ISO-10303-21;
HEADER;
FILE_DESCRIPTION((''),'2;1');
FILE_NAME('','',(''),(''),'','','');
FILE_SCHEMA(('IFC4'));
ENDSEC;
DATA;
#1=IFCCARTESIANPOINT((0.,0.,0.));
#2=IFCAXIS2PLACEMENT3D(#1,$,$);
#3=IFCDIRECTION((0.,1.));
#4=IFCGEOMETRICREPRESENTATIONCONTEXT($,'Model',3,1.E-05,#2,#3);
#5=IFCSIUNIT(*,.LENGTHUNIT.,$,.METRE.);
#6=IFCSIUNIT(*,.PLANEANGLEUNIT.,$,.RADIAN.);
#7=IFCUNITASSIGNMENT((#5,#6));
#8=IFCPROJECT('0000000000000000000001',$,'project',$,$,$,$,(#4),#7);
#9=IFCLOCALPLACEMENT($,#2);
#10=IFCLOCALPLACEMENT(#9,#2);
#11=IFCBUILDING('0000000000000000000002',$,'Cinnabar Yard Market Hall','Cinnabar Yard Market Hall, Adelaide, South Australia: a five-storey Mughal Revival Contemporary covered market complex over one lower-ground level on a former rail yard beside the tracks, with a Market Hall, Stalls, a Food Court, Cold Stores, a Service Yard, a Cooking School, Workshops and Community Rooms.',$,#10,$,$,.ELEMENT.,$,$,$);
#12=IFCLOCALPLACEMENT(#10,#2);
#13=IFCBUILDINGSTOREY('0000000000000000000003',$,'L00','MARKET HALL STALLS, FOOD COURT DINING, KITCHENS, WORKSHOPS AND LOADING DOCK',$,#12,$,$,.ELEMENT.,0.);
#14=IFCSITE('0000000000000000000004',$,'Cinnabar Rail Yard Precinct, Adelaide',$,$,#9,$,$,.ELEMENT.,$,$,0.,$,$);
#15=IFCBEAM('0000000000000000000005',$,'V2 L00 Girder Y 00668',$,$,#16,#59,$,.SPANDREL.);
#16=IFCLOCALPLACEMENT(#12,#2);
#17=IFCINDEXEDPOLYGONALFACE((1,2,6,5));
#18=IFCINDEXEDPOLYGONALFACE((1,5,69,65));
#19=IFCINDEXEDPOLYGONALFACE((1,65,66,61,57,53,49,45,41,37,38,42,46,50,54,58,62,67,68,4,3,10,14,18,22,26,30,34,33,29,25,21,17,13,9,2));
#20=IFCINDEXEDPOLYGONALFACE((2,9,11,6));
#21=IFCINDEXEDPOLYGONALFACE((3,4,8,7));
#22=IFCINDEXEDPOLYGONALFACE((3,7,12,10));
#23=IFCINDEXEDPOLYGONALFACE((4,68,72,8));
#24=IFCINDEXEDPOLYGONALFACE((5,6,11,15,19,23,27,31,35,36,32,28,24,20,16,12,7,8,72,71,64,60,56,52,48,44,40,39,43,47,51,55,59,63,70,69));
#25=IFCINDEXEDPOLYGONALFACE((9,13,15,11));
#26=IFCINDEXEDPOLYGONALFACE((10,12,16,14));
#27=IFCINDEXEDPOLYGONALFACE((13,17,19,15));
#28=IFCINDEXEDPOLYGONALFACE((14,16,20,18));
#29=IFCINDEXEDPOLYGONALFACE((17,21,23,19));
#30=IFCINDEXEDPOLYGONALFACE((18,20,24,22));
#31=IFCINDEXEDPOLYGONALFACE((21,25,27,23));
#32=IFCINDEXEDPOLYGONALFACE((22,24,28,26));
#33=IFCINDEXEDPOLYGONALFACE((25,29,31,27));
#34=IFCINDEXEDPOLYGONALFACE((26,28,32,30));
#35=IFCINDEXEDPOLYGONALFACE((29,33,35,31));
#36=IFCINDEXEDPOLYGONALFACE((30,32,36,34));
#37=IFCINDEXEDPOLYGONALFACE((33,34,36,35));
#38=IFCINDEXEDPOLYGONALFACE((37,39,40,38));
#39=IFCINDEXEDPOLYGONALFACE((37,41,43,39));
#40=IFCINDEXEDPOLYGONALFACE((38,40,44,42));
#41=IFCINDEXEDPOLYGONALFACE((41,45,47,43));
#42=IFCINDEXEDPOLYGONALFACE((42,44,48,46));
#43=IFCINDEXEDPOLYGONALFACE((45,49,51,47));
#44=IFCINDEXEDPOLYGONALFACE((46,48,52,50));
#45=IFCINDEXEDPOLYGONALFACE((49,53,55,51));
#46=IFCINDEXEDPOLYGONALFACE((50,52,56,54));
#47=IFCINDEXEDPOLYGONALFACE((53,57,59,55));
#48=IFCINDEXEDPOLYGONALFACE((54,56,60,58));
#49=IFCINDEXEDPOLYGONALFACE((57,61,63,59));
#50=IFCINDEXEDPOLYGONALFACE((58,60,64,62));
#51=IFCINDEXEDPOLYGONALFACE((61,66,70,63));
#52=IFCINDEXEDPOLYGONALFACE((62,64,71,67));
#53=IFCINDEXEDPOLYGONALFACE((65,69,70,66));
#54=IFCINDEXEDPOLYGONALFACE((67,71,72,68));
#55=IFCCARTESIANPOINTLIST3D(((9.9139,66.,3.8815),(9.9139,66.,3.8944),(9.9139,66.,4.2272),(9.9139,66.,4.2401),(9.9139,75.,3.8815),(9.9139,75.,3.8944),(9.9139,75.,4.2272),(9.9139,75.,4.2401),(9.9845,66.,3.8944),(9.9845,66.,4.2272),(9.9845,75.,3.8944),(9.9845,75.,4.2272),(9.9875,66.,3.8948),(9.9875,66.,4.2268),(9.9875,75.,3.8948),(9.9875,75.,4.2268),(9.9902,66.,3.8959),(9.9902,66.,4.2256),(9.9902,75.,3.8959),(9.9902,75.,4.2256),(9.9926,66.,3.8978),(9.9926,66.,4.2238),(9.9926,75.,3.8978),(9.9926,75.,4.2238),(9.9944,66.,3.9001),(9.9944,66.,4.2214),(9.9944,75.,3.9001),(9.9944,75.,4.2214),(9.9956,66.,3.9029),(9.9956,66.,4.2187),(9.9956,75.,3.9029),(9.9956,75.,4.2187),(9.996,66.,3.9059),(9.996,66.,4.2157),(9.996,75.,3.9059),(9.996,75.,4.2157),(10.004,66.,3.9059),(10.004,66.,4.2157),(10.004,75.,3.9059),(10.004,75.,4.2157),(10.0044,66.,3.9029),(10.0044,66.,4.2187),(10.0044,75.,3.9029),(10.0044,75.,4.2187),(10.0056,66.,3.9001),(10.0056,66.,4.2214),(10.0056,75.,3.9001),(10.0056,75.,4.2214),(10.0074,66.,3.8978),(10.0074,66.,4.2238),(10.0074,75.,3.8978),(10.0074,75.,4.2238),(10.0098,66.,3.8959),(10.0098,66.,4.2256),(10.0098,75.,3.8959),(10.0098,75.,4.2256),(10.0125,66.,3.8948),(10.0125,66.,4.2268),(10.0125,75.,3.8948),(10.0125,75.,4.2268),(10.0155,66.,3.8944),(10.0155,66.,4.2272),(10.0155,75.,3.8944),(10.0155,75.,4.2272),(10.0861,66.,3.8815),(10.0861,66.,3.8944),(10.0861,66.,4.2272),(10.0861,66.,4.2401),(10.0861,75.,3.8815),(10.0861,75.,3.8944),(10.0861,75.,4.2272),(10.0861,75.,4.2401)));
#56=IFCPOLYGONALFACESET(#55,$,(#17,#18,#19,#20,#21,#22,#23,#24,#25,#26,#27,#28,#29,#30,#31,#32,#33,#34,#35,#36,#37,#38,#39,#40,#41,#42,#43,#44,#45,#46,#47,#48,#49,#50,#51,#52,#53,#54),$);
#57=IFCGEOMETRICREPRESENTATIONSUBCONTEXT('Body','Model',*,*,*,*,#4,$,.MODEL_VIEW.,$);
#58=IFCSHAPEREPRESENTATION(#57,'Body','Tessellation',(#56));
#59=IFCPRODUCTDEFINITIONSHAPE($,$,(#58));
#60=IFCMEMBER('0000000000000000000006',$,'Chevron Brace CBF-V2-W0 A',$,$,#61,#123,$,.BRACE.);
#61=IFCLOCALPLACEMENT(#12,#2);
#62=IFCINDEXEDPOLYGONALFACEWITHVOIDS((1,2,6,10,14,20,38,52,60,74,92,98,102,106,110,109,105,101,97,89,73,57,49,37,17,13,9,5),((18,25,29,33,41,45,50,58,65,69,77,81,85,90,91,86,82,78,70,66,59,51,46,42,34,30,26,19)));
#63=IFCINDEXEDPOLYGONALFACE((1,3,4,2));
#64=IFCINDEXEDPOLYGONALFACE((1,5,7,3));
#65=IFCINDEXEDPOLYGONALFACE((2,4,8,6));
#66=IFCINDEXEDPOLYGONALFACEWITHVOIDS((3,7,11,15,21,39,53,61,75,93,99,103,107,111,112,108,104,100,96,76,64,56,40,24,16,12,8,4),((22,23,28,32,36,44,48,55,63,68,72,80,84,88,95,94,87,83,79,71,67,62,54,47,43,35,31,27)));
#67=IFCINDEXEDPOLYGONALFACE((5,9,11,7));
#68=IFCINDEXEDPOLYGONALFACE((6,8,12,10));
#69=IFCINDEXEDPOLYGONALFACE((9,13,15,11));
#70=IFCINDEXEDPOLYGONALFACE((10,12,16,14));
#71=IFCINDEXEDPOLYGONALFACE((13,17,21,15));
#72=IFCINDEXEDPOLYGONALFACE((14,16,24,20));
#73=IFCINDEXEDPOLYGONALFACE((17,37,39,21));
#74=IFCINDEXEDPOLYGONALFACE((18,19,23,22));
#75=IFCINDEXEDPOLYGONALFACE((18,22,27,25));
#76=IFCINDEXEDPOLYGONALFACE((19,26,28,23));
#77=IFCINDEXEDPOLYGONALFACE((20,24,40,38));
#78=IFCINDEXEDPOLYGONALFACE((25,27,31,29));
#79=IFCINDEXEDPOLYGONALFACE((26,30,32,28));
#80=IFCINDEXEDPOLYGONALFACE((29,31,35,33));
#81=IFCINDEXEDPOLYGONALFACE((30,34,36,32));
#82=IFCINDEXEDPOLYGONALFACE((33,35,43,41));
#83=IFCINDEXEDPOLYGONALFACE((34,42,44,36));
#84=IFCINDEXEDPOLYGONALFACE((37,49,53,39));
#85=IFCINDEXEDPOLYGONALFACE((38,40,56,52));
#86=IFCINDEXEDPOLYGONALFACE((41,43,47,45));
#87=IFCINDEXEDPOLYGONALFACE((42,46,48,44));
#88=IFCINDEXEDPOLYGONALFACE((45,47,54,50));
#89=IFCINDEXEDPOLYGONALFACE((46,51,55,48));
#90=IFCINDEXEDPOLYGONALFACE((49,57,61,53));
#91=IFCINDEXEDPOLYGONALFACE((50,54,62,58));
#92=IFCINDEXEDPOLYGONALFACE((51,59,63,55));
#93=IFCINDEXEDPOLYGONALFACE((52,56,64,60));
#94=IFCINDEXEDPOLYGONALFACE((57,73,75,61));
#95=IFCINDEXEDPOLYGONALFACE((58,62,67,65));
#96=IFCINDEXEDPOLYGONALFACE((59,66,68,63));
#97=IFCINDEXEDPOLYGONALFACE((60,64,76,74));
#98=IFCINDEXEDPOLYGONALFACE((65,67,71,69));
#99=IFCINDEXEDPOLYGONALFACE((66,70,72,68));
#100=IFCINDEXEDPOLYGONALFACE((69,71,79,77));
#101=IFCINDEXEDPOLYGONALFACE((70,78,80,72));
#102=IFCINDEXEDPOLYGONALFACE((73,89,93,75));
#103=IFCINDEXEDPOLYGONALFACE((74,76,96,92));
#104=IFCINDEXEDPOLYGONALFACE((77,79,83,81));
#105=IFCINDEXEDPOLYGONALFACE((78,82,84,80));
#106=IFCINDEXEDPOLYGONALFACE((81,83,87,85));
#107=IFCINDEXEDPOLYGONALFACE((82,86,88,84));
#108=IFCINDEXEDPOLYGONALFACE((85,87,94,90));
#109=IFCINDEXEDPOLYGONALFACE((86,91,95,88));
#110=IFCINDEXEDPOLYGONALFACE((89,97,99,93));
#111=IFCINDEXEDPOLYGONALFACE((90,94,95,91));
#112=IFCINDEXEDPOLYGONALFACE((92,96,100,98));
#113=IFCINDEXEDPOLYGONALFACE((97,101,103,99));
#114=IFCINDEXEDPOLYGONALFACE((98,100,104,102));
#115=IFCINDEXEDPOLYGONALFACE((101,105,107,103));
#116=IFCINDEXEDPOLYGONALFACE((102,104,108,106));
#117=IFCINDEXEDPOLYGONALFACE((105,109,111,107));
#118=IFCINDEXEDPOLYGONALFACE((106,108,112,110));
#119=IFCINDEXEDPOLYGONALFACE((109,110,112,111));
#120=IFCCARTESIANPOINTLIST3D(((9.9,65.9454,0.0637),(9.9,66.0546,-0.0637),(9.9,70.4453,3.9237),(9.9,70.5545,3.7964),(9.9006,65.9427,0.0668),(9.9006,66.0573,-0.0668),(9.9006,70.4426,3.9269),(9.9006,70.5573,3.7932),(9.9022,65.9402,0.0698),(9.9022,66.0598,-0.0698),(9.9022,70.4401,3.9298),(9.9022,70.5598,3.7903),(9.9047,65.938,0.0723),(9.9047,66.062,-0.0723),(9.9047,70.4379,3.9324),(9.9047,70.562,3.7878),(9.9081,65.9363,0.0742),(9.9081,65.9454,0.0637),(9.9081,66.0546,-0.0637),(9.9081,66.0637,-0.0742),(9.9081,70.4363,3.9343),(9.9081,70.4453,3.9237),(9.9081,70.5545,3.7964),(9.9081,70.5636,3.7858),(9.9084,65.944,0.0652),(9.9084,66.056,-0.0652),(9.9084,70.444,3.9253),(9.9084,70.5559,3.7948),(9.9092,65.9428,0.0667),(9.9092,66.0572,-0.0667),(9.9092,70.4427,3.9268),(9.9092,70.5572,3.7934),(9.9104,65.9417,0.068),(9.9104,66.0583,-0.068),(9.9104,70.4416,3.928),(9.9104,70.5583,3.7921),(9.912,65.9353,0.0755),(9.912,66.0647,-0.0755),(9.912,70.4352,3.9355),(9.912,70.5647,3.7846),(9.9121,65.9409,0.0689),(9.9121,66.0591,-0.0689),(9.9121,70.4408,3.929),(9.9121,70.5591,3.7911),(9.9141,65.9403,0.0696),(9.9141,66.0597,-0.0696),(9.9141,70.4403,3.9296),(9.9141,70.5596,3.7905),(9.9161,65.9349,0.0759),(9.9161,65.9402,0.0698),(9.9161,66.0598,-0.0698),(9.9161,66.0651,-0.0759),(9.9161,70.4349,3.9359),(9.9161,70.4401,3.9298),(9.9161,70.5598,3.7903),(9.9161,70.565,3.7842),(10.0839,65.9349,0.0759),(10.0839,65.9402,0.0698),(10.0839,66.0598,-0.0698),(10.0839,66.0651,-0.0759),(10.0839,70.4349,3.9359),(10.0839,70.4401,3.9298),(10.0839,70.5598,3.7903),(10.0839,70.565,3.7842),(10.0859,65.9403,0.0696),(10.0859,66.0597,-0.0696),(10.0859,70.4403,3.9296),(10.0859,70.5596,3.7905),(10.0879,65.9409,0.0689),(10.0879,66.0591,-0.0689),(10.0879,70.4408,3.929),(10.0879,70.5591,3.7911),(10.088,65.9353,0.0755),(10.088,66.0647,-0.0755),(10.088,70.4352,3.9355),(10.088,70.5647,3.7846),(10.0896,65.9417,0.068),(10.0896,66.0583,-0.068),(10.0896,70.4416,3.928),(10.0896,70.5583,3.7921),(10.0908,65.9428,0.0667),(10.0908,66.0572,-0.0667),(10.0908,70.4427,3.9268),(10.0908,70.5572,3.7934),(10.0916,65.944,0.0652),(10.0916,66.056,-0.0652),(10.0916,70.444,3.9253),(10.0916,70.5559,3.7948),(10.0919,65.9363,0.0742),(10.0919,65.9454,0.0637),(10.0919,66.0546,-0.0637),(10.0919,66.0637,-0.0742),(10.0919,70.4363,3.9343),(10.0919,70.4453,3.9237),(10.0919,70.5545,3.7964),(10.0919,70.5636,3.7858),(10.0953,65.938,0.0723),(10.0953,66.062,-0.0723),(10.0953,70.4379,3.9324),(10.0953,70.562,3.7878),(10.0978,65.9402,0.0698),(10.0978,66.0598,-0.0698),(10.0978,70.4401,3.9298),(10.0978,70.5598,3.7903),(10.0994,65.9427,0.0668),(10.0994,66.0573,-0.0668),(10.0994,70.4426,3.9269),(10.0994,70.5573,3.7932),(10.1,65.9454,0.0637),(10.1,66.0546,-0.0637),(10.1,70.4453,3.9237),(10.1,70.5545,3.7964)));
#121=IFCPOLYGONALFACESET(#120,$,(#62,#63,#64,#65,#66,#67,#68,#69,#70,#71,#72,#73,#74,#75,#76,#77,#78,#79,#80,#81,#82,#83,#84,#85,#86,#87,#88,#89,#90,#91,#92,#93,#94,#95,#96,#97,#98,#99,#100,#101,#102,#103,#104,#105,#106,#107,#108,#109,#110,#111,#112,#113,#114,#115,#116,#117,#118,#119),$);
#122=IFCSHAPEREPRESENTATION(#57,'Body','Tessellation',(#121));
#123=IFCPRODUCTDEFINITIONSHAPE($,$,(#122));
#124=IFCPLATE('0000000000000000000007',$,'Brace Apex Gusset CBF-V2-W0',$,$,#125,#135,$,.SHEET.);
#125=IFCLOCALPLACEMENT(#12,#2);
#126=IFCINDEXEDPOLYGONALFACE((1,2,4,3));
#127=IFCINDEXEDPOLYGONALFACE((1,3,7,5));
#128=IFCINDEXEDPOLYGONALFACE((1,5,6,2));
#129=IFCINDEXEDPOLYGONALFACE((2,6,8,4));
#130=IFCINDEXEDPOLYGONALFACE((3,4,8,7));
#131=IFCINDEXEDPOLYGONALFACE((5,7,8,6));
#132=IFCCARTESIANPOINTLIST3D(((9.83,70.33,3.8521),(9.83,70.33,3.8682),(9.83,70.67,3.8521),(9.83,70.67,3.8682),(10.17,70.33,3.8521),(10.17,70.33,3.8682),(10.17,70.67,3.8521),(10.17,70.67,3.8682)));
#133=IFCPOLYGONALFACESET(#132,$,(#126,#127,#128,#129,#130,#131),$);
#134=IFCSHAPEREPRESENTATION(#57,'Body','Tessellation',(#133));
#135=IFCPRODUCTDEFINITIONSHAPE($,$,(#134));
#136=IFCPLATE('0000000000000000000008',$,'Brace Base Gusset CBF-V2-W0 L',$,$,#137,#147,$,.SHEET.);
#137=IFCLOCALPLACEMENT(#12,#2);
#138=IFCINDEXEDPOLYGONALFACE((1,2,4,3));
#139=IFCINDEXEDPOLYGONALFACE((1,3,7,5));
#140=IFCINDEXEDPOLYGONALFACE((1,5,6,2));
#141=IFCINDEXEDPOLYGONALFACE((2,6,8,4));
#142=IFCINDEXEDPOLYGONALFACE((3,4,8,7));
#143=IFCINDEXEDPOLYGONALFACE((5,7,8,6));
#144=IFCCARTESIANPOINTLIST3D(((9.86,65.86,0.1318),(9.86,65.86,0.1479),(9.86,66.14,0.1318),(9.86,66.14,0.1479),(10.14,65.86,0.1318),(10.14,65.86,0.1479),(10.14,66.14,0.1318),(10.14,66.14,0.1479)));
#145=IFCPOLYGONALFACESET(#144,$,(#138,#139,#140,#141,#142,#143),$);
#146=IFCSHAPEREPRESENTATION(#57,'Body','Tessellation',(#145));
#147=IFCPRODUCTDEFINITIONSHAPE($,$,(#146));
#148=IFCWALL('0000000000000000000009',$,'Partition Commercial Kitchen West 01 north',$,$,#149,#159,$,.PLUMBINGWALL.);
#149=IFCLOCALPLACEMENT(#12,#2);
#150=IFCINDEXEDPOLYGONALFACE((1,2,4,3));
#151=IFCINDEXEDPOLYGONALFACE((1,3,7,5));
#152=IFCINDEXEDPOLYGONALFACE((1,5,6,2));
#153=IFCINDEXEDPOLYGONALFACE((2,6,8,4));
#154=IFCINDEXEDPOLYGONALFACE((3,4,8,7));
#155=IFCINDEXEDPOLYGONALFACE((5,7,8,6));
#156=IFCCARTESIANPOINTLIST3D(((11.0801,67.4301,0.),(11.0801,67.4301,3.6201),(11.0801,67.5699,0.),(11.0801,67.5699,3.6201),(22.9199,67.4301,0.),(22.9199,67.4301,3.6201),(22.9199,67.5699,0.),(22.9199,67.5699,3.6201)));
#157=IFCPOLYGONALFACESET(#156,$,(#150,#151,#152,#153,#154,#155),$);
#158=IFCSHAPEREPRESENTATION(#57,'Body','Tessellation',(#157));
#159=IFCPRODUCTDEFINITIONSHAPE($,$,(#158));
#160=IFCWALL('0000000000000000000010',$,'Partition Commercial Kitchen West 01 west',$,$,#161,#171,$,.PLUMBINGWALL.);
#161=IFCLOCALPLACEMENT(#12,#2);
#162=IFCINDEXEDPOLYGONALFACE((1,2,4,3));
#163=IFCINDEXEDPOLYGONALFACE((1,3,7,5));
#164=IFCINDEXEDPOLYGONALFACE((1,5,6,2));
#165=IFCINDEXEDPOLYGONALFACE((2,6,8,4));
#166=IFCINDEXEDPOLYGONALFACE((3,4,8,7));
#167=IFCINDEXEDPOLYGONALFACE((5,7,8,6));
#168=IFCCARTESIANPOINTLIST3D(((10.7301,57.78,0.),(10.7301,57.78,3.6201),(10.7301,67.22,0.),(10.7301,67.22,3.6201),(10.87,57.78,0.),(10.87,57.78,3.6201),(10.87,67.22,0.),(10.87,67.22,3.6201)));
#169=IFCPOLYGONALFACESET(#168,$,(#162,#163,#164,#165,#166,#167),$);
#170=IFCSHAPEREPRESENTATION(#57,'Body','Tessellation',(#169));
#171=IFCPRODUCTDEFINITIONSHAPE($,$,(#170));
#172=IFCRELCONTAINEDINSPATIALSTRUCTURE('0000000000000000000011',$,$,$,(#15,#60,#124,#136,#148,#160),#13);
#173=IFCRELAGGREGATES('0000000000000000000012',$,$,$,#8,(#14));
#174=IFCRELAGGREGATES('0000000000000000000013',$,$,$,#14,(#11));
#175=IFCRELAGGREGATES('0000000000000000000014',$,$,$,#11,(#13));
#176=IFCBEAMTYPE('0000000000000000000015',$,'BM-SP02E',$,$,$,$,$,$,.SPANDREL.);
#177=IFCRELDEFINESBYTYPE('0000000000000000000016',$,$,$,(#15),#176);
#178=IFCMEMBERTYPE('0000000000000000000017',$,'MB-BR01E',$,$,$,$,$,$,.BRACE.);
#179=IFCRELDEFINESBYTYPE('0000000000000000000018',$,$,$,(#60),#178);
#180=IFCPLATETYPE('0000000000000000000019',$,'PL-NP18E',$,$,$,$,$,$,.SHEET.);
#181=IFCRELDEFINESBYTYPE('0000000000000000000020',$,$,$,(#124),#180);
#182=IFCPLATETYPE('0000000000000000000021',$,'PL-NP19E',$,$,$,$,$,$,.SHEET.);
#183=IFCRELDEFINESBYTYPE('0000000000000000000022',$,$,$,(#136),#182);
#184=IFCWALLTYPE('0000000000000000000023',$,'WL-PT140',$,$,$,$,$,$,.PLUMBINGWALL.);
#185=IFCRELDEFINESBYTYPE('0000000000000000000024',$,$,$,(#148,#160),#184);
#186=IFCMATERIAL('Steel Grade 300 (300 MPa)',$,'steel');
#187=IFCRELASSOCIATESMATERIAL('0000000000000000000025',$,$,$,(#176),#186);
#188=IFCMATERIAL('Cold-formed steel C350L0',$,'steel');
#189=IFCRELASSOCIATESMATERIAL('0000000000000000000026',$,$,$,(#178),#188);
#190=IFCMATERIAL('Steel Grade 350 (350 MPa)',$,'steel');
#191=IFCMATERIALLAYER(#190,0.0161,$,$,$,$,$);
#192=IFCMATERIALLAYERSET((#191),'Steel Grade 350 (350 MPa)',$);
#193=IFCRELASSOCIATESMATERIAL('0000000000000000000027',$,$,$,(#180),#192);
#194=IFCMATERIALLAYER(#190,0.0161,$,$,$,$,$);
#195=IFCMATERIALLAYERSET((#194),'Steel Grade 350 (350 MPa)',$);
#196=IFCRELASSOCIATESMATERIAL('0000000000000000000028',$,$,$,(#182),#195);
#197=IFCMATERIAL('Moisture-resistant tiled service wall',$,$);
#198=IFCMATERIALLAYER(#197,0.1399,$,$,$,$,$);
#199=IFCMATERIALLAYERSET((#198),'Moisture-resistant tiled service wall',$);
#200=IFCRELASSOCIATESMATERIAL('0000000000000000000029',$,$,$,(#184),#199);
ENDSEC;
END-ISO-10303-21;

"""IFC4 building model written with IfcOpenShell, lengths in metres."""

from ifc_helpers import new_model, si_unit, direction, frame, frame_2d, origin, origin_2d_with_axis, place, context, subcontext, project, spatial, rectangle, hollow_rectangle, i_section, extrude, material, layer, layer_set, material_profile, profile_set, type_object, element, save


model = new_model("IFC4")

# Units and contexts
model_context = context("Model", 3, precision=1e-05, world=origin(), true_north=direction((0.0, 1.0)))
body_context = subcontext(model_context, "Body", "Model", "MODEL_VIEW")
ifc_project = project(units=[si_unit("LENGTHUNIT", "METRE"), si_unit("PLANEANGLEUNIT", "RADIAN")], contexts=[model_context])

# Site, building, storey
site_placement = place(None, origin())
site = spatial("IfcSite", under=ifc_project, at=site_placement, Name="Cinnabar Rail Yard Precinct, Adelaide", CompositionType="ELEMENT", RefElevation=0.0)
building_placement = place(site_placement, origin())
building = spatial("IfcBuilding", under=site, at=building_placement, Name="Cinnabar Yard Market Hall", Description="Cinnabar Yard Market Hall, Adelaide, South Australia: a five-storey Mughal Revival Contemporary covered market complex over one lower-ground level on a former rail yard beside the tracks, with a Market Hall, Stalls, a Food Court, Cold Stores, a Service Yard, a Cooking School, Workshops and Community Rooms.", CompositionType="ELEMENT")
storey_placement = place(building_placement, origin())
storey = spatial("IfcBuildingStorey", under=building, at=storey_placement, Name="L00", Description="MARKET HALL STALLS, FOOD COURT DINING, KITCHENS, WORKSHOPS AND LOADING DOCK", CompositionType="ELEMENT", Elevation=0.0)

# Shared definitions
ifc_material_1 = material(Name="Steel Grade 300 (300 MPa)", Category="steel")

# Beam
ifc_material_profile_1 = material_profile(ifc_material_1, i_section(OverallWidth=0.1721, OverallDepth=0.3586, WebThickness=0.0081, FlangeThickness=0.0129, FilletRadius=0.0115, at=origin_2d_with_axis()), Name="360UB56.7")
ifc_profile_set_1 = profile_set([ifc_material_profile_1], Name="Steel Grade 300 (300 MPa)")
beam_type_1 = type_object("IfcBeamType", Name="BM-SP02E", PredefinedType="SPANDREL", material=ifc_profile_set_1)
beam_1_placement = place(storey_placement, frame((10.0, 66.0, 4.0608), z_axis=(0.0, 1.0, 0.0), x_axis=(-1.0, 0.0, 0.0)))
element("IfcBeam", 1, at=beam_1_placement, inside=storey, type_object=beam_type_1, Name="V2 L00 Girder Y 00668", PredefinedType="SPANDREL", context=body_context, shape_type="SweptSolid", body=[
    extrude(i_section(OverallWidth=0.1721, OverallDepth=0.3586, WebThickness=0.0081, FlangeThickness=0.0129, FilletRadius=0.0115, at=origin_2d_with_axis()), origin(), (0.0, 0.0, 1.0), 9.0),
])

# Member
ifc_material_2 = material(Name="Cold-formed steel C350L0", Category="steel")
ifc_material_profile_2 = material_profile(ifc_material_2, hollow_rectangle(XDim=0.2, YDim=0.2, WallThickness=0.0081, InnerFilletRadius=0.0081, OuterFilletRadius=0.0161, at=origin_2d_with_axis()), Name="200x200x8.0SHS")
ifc_profile_set_2 = profile_set([ifc_material_profile_2], Name="Cold-formed steel C350L0")
member_type = type_object("IfcMemberType", Name="MB-BR01E", PredefinedType="BRACE", material=ifc_profile_set_2)
member_placement = place(storey_placement, frame((10.0, 66.0, 0.0), z_axis=(0.0, 0.759009, 0.65108), x_axis=(-1.0, 0.0, 0.0)))
element("IfcMember", 2, at=member_placement, inside=storey, type_object=member_type, Name="Chevron Brace CBF-V2-W0 A", PredefinedType="BRACE", context=body_context, shape_type="SweptSolid", body=[
    extrude(hollow_rectangle(XDim=0.2, YDim=0.2, WallThickness=0.0081, InnerFilletRadius=0.0081, OuterFilletRadius=0.0161, at=origin_2d_with_axis()), origin(), (0.0, 0.0, 1.0), 5.9287),
])

# Plates
ifc_material_3 = material(Name="Steel Grade 350 (350 MPa)", Category="steel")
ifc_layer_1 = layer(ifc_material_3, 0.0161)
ifc_layer_set_1 = layer_set([ifc_layer_1], Name="Steel Grade 350 (350 MPa)")
plate_type_1 = type_object("IfcPlateType", Name="PL-NP18E", PredefinedType="SHEET", material=ifc_layer_set_1)
plate_1_placement = place(storey_placement, frame((10.0, 70.5, 3.8521), z_axis=(0.0, 0.0, 1.0), x_axis=(1.0, 0.0, 0.0)))
element("IfcPlate", 3, at=plate_1_placement, inside=storey, type_object=plate_type_1, Name="Brace Apex Gusset CBF-V2-W0", PredefinedType="SHEET", context=body_context, shape_type="SweptSolid", body=[
    extrude(rectangle(XDim=0.3401, YDim=0.3401, at=origin_2d_with_axis()), origin(), (0.0, 0.0, 1.0), 0.0161),
])
ifc_layer_2 = layer(ifc_material_3, 0.0161)
ifc_layer_set_2 = layer_set([ifc_layer_2], Name="Steel Grade 350 (350 MPa)")
plate_type_2 = type_object("IfcPlateType", Name="PL-NP19E", PredefinedType="SHEET", material=ifc_layer_set_2)
plate_2_placement = place(storey_placement, frame((10.0, 66.0, 0.1318), z_axis=(0.0, 0.0, 1.0), x_axis=(1.0, 0.0, 0.0)))
element("IfcPlate", 4, at=plate_2_placement, inside=storey, type_object=plate_type_2, Name="Brace Base Gusset CBF-V2-W0 L", PredefinedType="SHEET", context=body_context, shape_type="SweptSolid", body=[
    extrude(rectangle(XDim=0.28, YDim=0.28, at=origin_2d_with_axis()), origin(), (0.0, 0.0, 1.0), 0.0161),
])

# Walls
ifc_material_4 = material(Name="Moisture-resistant tiled service wall")
ifc_layer_3 = layer(ifc_material_4, 0.1399)
ifc_layer_set_3 = layer_set([ifc_layer_3], Name="Moisture-resistant tiled service wall")
wall_type_1 = type_object("IfcWallType", Name="WL-PT140", PredefinedType="PLUMBINGWALL", material=ifc_layer_set_3)
wall_1_placement = place(storey_placement, frame((22.9199, 67.5, 0.0), z_axis=(0.0, 0.0, 1.0), x_axis=(-1.0, 0.0, 0.0)))
element("IfcWall", 5, at=wall_1_placement, inside=storey, type_object=wall_type_1, Name="Partition Commercial Kitchen West 01 north", PredefinedType="PLUMBINGWALL", context=body_context, shape_type="SweptSolid", body=[
    extrude(rectangle(XDim=11.8398, YDim=0.1399, at=frame_2d((5.9199, 0.0), x_axis=(1.0, 0.0))), origin(), (0.0, 0.0, 1.0), 3.6201),
])
wall_2_placement = place(storey_placement, frame((10.8, 67.22, 0.0), z_axis=(0.0, 0.0, 1.0), x_axis=(0.0, -1.0, 0.0)))
element("IfcWall", 6, at=wall_2_placement, inside=storey, type_object=wall_type_1, Name="Partition Commercial Kitchen West 01 west", PredefinedType="PLUMBINGWALL", context=body_context, shape_type="SweptSolid", body=[
    extrude(rectangle(XDim=9.4399, YDim=0.1399, at=frame_2d((4.72, 0.0), x_axis=(1.0, 0.0))), origin(), (0.0, 0.0, 1.0), 3.6201),
])

save(model, "model.ifc")
